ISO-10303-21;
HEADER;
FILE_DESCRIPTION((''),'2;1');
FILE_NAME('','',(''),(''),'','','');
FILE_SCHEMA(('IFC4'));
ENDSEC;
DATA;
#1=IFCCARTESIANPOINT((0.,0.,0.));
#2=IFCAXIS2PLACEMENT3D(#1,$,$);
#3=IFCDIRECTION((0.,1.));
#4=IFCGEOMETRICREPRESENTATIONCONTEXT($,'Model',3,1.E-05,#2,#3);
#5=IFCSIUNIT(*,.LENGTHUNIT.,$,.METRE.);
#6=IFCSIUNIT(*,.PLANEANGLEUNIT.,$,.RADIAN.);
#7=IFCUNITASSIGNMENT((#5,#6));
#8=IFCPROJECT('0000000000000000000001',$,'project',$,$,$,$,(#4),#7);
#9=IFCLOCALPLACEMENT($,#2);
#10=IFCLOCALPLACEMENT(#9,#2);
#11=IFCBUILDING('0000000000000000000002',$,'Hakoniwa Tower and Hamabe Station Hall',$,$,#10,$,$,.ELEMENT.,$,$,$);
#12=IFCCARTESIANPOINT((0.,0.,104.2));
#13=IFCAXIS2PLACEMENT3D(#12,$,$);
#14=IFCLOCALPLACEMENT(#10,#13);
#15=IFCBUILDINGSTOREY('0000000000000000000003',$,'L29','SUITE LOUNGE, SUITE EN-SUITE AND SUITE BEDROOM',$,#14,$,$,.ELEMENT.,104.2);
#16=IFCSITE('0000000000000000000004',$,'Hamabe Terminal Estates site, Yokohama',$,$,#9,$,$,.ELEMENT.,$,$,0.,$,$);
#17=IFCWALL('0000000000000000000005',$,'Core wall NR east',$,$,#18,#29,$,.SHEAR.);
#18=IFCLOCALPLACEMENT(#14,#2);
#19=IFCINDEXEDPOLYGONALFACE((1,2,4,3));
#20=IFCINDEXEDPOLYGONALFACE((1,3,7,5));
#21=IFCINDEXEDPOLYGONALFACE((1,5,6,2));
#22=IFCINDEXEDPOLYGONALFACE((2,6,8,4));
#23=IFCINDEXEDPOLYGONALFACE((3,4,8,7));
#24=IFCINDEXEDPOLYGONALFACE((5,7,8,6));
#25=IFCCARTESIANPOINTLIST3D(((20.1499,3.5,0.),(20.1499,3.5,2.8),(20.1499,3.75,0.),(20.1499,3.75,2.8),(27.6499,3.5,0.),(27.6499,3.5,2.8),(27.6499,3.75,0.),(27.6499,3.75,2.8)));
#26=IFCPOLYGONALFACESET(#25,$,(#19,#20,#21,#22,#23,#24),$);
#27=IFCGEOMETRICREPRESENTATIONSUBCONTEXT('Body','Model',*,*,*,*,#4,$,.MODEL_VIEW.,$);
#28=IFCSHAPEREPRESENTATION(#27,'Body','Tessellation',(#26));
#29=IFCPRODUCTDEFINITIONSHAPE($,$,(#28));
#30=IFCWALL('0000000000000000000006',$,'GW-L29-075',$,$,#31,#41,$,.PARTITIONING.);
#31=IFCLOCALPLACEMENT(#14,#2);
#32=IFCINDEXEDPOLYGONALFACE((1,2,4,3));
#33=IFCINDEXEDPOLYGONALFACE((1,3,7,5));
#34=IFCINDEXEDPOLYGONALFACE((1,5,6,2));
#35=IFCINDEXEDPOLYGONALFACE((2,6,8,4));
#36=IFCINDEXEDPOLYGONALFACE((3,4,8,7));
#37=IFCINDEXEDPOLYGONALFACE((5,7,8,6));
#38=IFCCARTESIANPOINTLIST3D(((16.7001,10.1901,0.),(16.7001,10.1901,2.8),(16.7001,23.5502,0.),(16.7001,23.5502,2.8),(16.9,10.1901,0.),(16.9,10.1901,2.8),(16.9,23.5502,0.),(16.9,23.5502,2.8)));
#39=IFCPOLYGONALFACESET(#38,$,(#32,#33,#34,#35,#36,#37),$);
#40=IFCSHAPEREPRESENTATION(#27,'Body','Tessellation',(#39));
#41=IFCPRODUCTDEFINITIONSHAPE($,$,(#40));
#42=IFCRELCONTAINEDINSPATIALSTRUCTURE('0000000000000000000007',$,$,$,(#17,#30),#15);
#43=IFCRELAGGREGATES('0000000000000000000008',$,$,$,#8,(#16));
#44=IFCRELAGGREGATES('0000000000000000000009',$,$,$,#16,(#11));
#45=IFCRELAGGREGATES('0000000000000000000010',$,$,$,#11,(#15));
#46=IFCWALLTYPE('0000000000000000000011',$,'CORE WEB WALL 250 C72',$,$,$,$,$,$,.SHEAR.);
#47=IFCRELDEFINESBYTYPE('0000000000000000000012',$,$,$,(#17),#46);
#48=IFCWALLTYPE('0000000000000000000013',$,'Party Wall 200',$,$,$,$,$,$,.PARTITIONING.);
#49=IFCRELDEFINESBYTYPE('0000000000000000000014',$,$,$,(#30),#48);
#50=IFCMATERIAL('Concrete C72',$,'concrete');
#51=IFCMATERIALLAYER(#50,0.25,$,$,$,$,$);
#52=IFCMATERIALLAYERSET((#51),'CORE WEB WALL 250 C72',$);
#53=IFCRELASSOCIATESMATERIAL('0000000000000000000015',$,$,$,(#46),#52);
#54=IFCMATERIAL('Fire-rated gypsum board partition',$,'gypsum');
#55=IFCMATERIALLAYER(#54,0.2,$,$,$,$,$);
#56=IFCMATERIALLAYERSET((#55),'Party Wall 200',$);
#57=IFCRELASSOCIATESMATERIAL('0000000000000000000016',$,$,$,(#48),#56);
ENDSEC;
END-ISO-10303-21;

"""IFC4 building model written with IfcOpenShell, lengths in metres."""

from ifc_helpers import new_model, si_unit, direction, frame, frame_2d, origin, place, context, subcontext, project, spatial, rectangle, extrude, material, layer, layer_set, type_object, element, save


model = new_model("IFC4")

# Units and contexts
model_context = context("Model", 3, precision=1e-05, world=origin(), true_north=direction((0.0, 1.0)))
body_context = subcontext(model_context, "Body", "Model", "MODEL_VIEW")
ifc_project = project(units=[si_unit("LENGTHUNIT", "METRE"), si_unit("PLANEANGLEUNIT", "RADIAN")], contexts=[model_context])

# Site, building, storey
site_placement = place(None, origin())
site = spatial("IfcSite", under=ifc_project, at=site_placement, Name="Hamabe Terminal Estates site, Yokohama", CompositionType="ELEMENT", RefElevation=0.0)
building_placement = place(site_placement, origin())
building = spatial("IfcBuilding", under=site, at=building_placement, Name="Hakoniwa Tower and Hamabe Station Hall", CompositionType="ELEMENT")
storey_placement = place(building_placement, frame((0.0, 0.0, 104.2)))
storey = spatial("IfcBuildingStorey", under=building, at=storey_placement, Name="L29", Description="SUITE LOUNGE, SUITE EN-SUITE AND SUITE BEDROOM", CompositionType="ELEMENT", Elevation=104.2)

# Shared definitions
ifc_material_1 = material(Name="Concrete C72", Category="concrete")
ifc_layer_1 = layer(ifc_material_1, 0.25)
ifc_layer_set_1 = layer_set([ifc_layer_1], Name="CORE WEB WALL 250 C72")
wall_type_1 = type_object("IfcWallType", Name="CORE WEB WALL 250 C72", PredefinedType="SHEAR", material=ifc_layer_set_1)

# Walls
wall_1_placement = place(storey_placement, frame((20.1499, 3.625, 0.0), z_axis=(0.0, 0.0, 1.0), x_axis=(1.0, 0.0, 0.0)))
element("IfcWall", 1, at=wall_1_placement, inside=storey, type_object=wall_type_1, Name="Core wall NR east", PredefinedType="SHEAR", context=body_context, shape_type="SweptSolid", body=[
    extrude(rectangle(XDim=7.5, YDim=0.25, at=frame_2d((3.75, 0.0))), origin(), (0.0, 0.0, 1.0), 2.8),
])
ifc_material_2 = material(Name="Fire-rated gypsum board partition", Category="gypsum")
ifc_layer_2 = layer(ifc_material_2, 0.2)
ifc_layer_set_2 = layer_set([ifc_layer_2], Name="Party Wall 200")
wall_type_2 = type_object("IfcWallType", Name="Party Wall 200", PredefinedType="PARTITIONING", material=ifc_layer_set_2)
wall_2_placement = place(storey_placement, frame((16.8, 10.1899, 0.0), z_axis=(0.0, 0.0, 1.0), x_axis=(0.0, 1.0, 0.0)))
element("IfcWall", 2, at=wall_2_placement, inside=storey, type_object=wall_type_2, Name="GW-L29-075", PredefinedType="PARTITIONING", context=body_context, shape_type="SweptSolid", body=[
    extrude(rectangle(XDim=13.3601, YDim=0.2, at=frame_2d((6.6802, 0.0))), origin(), (0.0, 0.0, 1.0), 2.8),
])

save(model, "model.ifc")
